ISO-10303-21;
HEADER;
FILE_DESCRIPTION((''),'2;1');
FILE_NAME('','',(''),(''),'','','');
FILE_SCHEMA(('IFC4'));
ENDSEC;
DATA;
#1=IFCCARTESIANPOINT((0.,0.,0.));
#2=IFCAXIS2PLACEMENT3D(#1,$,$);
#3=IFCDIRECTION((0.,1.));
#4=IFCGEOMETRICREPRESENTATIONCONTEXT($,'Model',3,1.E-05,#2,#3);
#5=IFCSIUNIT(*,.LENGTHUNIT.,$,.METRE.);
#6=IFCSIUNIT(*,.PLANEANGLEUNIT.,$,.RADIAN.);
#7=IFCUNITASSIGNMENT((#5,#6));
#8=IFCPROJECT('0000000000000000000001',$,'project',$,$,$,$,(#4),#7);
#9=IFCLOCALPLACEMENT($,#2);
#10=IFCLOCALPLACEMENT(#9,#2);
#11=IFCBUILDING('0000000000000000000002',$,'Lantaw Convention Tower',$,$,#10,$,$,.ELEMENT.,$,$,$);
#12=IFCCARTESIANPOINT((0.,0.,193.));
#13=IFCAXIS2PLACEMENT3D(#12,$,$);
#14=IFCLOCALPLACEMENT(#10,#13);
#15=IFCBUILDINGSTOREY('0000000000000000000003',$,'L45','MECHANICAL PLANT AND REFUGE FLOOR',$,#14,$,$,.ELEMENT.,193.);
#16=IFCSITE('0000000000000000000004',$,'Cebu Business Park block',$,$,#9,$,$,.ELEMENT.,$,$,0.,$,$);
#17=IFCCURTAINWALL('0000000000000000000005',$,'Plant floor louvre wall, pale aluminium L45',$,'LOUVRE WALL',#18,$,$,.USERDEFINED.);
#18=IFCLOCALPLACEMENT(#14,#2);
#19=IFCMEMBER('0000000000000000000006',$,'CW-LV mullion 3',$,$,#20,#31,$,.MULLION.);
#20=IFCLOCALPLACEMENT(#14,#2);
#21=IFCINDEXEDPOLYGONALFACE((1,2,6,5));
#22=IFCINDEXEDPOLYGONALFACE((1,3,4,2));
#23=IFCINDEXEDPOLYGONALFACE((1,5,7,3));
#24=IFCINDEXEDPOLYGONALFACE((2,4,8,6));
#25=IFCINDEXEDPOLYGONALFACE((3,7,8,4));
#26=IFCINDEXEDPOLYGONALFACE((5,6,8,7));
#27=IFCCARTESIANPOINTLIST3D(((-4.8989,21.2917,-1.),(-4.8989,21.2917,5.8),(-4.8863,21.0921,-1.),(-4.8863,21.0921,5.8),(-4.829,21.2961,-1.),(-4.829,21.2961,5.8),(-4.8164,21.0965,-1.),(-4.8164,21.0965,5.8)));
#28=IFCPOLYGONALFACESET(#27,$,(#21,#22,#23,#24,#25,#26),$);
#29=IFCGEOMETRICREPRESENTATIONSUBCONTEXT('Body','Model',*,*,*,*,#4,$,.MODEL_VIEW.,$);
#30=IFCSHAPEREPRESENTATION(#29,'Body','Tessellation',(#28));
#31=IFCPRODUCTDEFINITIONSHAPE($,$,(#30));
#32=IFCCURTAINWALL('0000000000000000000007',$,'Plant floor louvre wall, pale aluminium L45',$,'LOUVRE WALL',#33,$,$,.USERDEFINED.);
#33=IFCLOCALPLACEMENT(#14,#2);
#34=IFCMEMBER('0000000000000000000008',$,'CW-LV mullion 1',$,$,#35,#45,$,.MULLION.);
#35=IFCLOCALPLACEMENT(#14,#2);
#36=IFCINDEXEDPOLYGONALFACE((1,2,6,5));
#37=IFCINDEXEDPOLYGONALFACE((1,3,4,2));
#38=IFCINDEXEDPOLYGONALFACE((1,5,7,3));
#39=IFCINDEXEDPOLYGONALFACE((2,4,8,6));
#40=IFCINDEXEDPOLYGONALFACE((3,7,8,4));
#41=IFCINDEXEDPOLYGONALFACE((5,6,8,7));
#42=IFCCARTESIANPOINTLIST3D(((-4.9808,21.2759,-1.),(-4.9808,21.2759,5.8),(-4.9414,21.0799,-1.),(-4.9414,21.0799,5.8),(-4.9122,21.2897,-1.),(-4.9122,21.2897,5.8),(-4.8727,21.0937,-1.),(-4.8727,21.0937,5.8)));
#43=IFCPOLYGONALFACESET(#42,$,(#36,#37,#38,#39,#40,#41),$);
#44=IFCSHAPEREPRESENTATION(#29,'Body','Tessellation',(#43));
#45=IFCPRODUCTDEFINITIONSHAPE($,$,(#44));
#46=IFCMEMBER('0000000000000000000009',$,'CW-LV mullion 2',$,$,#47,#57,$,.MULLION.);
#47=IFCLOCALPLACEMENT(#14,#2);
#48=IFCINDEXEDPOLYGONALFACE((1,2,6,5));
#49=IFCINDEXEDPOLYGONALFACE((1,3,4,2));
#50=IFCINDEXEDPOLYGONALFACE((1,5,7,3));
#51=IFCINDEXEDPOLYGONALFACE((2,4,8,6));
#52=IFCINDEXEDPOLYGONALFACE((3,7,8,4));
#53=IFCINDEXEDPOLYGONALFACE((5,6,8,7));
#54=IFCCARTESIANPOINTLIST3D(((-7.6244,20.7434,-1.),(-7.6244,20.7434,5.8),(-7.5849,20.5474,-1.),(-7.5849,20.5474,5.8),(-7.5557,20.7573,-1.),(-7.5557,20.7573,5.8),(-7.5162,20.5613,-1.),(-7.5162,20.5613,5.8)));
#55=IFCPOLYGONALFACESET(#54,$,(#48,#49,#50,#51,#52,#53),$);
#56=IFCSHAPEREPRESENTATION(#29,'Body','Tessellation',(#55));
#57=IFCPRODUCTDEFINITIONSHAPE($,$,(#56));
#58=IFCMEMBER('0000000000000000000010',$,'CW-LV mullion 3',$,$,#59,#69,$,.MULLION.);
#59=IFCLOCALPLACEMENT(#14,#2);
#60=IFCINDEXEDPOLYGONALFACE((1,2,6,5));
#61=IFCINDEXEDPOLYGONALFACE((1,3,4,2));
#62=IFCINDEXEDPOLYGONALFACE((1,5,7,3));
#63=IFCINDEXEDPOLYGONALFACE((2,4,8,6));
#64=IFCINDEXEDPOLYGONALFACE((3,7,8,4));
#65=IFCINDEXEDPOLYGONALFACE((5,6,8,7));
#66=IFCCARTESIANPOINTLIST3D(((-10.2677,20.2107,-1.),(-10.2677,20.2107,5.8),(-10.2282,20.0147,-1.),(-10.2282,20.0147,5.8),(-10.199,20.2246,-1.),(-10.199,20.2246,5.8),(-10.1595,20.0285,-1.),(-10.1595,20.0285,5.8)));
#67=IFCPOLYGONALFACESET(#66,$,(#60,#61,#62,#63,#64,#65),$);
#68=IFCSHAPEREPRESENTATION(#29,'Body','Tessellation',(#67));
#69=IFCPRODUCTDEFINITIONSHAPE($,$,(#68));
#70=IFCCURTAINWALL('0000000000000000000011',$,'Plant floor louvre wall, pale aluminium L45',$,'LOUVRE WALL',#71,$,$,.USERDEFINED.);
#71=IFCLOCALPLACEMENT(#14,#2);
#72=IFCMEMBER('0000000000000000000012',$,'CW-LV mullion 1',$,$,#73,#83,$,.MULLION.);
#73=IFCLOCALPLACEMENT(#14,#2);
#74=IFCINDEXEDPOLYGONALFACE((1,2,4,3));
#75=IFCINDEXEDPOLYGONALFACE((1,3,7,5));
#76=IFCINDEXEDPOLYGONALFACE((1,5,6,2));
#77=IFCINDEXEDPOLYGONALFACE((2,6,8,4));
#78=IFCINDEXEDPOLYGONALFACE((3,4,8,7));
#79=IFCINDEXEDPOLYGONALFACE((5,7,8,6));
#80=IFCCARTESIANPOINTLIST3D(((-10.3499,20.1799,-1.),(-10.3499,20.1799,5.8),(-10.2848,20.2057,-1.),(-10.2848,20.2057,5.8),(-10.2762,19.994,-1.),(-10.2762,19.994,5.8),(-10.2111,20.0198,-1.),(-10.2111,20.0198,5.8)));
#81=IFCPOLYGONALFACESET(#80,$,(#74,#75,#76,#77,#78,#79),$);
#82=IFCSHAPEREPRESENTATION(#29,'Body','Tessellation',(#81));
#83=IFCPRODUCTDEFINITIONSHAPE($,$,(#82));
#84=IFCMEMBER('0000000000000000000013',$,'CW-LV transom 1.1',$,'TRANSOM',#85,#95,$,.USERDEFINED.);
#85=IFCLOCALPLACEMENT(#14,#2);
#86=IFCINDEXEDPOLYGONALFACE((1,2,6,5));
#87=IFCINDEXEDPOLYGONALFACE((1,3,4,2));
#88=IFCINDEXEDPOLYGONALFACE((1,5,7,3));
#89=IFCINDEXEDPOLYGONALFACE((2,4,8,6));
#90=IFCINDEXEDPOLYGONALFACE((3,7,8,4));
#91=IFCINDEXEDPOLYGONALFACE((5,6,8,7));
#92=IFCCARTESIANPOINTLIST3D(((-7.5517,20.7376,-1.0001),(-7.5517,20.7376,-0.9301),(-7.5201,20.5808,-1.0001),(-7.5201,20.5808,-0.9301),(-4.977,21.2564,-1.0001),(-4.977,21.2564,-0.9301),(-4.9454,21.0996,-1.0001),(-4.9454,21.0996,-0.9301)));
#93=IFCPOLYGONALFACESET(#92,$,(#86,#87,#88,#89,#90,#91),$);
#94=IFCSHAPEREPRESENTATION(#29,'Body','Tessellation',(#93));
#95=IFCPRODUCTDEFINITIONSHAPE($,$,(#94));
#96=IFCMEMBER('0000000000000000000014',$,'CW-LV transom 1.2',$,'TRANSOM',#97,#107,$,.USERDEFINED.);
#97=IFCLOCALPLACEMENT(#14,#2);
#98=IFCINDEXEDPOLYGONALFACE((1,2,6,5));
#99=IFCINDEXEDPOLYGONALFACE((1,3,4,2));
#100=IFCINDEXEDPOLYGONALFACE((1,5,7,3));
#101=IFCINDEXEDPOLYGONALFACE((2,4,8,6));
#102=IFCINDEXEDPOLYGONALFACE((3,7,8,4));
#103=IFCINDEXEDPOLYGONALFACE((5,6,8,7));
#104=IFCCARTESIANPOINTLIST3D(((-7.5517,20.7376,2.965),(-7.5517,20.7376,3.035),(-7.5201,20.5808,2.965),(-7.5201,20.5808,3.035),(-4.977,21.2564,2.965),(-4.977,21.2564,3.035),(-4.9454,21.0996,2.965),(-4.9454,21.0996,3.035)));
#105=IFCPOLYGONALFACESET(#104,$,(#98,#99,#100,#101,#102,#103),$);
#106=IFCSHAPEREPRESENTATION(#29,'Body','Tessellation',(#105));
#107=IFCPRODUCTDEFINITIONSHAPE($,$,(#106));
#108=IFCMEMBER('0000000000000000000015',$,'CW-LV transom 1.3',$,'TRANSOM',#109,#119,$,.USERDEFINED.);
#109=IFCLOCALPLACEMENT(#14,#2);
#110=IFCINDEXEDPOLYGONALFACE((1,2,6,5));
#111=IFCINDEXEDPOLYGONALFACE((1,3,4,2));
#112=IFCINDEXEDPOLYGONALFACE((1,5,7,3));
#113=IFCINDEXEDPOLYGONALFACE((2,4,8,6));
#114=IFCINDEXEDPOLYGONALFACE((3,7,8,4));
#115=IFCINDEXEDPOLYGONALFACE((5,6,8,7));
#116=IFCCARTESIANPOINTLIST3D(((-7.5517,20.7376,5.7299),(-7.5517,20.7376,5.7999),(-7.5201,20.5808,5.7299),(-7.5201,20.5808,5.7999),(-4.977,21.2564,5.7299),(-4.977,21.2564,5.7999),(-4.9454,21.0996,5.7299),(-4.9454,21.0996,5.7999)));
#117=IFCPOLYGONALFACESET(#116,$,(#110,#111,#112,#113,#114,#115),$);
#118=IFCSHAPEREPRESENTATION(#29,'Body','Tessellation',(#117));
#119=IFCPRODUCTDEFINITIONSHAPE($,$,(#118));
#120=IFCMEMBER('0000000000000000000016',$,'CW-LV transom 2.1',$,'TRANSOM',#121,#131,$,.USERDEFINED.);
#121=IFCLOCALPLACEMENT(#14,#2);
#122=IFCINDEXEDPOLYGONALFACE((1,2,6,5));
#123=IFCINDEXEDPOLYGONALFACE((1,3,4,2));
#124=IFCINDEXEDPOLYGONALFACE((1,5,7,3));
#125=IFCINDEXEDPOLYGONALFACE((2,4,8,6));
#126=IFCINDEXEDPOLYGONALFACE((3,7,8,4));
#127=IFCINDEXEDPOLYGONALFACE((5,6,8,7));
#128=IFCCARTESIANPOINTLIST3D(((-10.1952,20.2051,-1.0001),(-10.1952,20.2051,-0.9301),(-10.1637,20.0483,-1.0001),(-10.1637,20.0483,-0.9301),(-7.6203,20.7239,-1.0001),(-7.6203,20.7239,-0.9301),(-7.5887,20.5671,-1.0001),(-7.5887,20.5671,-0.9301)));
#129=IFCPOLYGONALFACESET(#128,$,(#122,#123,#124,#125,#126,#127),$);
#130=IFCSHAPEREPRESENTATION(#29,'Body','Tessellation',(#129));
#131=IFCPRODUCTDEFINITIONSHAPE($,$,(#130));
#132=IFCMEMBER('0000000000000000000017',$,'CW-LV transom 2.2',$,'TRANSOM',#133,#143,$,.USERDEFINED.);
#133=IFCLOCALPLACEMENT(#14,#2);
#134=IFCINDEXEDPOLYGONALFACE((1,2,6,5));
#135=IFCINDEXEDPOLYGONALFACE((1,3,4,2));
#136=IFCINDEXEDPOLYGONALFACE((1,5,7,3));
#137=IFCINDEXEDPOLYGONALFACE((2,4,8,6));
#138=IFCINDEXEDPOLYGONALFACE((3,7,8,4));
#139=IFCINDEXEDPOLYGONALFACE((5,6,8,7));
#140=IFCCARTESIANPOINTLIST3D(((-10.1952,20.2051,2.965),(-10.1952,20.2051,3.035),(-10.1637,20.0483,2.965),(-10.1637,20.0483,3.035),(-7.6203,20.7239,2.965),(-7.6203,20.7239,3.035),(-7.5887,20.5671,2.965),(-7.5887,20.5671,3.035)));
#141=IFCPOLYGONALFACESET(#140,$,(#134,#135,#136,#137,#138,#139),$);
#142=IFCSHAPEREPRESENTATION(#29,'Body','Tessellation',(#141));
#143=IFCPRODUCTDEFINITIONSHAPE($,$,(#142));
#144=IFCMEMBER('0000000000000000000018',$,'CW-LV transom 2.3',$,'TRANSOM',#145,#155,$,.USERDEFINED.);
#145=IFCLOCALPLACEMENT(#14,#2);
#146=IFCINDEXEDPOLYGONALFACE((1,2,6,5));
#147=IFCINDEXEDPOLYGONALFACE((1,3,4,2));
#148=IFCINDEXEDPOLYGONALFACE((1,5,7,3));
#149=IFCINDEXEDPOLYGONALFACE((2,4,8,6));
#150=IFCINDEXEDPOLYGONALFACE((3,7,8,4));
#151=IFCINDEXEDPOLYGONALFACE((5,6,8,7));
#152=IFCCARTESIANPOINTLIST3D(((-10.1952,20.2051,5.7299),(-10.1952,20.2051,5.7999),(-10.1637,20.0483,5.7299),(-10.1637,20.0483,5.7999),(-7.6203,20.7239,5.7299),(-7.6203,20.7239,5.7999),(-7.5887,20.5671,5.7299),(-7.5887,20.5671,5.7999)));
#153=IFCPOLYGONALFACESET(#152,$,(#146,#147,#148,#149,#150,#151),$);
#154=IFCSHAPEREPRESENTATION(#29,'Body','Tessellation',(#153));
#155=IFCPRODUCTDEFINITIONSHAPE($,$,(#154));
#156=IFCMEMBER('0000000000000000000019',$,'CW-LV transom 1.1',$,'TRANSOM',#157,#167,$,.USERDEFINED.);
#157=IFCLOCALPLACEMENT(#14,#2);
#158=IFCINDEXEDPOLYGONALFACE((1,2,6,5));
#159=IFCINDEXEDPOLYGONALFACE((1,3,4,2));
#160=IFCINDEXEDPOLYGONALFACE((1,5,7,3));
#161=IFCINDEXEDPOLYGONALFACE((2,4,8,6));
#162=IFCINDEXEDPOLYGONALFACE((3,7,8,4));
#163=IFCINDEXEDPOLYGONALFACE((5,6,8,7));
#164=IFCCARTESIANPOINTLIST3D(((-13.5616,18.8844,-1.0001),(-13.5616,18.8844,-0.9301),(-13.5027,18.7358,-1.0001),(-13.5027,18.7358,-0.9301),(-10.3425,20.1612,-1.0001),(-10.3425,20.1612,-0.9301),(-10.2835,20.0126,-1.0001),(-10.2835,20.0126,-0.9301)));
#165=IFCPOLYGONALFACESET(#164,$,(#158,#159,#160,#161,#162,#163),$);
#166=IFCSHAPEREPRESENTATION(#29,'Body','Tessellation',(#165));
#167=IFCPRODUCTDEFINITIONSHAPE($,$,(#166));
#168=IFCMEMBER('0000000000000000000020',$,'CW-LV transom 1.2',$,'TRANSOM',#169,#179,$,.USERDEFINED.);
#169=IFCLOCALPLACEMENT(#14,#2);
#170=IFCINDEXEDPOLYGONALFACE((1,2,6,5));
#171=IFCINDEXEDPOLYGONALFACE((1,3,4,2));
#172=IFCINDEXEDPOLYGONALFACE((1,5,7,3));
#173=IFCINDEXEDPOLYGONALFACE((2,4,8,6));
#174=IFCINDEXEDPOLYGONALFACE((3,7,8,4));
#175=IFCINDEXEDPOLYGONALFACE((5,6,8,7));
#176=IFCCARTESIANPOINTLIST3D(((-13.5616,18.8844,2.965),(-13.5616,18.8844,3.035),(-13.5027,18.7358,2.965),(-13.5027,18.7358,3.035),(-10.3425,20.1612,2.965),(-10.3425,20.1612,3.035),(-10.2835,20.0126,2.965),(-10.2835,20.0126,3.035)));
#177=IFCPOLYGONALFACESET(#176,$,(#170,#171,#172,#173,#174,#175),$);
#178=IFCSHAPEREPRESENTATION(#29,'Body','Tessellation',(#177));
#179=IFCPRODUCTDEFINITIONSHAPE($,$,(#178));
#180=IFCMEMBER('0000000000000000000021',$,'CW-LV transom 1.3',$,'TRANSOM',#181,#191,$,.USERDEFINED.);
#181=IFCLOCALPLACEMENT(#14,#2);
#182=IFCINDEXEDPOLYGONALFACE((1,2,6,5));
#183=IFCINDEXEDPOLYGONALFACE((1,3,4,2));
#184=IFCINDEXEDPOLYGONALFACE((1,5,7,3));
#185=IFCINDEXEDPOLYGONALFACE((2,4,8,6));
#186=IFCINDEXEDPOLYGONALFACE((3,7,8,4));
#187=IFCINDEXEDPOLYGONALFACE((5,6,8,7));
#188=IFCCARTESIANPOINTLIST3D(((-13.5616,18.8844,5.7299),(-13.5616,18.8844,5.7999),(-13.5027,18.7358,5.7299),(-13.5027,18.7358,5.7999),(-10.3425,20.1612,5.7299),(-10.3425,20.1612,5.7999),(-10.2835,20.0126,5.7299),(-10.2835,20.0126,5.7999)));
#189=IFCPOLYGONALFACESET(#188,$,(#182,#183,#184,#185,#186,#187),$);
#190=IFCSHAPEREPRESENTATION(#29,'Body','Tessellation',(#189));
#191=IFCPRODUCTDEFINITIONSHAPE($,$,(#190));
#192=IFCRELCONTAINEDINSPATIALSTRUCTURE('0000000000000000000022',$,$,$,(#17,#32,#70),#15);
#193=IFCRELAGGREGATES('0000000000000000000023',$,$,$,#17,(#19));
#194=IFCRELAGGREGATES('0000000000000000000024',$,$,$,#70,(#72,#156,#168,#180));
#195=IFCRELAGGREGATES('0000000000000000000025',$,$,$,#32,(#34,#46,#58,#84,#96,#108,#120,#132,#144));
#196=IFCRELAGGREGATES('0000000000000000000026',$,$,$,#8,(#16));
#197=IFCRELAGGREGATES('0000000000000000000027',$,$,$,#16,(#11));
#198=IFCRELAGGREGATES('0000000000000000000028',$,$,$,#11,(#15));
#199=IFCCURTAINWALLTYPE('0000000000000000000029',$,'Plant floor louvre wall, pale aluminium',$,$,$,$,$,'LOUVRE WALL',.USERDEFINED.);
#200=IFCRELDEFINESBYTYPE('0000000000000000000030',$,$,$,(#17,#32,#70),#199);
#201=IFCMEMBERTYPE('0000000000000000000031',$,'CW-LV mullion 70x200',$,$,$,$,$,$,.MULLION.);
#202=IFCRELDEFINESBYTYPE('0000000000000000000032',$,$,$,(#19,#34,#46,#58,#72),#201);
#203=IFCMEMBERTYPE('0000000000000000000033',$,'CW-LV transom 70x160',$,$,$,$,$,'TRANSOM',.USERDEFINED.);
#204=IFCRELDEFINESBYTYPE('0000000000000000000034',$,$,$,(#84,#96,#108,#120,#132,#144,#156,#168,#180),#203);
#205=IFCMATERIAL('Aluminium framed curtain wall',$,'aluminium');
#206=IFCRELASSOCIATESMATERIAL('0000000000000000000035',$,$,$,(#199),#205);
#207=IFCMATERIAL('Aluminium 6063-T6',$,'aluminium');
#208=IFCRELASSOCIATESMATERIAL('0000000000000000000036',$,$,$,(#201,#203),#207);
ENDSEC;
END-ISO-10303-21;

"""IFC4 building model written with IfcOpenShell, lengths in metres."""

from ifc_helpers import new_model, si_unit, direction, frame, origin, origin_2d, place, context, subcontext, project, spatial, rectangle, extrude, material, material_profile, profile_set, type_object, element, aggregate, save


model = new_model("IFC4")

# Units and contexts
model_context = context("Model", 3, precision=1e-05, world=origin(), true_north=direction((0.0, 1.0)))
body_context = subcontext(model_context, "Body", "Model", "MODEL_VIEW")
ifc_project = project(units=[si_unit("LENGTHUNIT", "METRE"), si_unit("PLANEANGLEUNIT", "RADIAN")], contexts=[model_context])

# Site, building, storey
site_placement = place(None, origin())
site = spatial("IfcSite", under=ifc_project, at=site_placement, Name="Cebu Business Park block", CompositionType="ELEMENT", RefElevation=0.0)
building_placement = place(site_placement, origin())
building = spatial("IfcBuilding", under=site, at=building_placement, Name="Lantaw Convention Tower", CompositionType="ELEMENT")
storey_placement = place(building_placement, frame((0.0, 0.0, 193.0)))
storey = spatial("IfcBuildingStorey", under=building, at=storey_placement, Name="L45", Description="MECHANICAL PLANT AND REFUGE FLOOR", CompositionType="ELEMENT", Elevation=193.0)

# Curtain wall, member
ifc_material_1 = material(Name="Aluminium framed curtain wall", Category="aluminium")
curtain_wall_type = type_object("IfcCurtainWallType", Name="Plant floor louvre wall, pale aluminium", ElementType="LOUVRE WALL", PredefinedType="USERDEFINED", material=ifc_material_1)
curtain_wall_1_placement = place(storey_placement, origin())
curtain_wall_1 = element("IfcCurtainWall", 1, at=curtain_wall_1_placement, inside=storey, type_object=curtain_wall_type, Name="Plant floor louvre wall, pale aluminium L45", ObjectType="LOUVRE WALL", PredefinedType="USERDEFINED")
ifc_material_2 = material(Name="Aluminium 6063-T6", Category="aluminium")
ifc_material_profile_1 = material_profile(ifc_material_2, rectangle(XDim=0.2, YDim=0.0701, at=origin_2d()), Name="CW-LV mullion 70x200")
ifc_profile_set_1 = profile_set([ifc_material_profile_1], Name="Aluminium 6063-T6")
member_type_1 = type_object("IfcMemberType", Name="CW-LV mullion 70x200", PredefinedType="MULLION", material=ifc_profile_set_1)
member_1_placement = place(storey_placement, frame((-4.8577, 21.1941, -1.0), z_axis=(0.0, 0.0, 1.0), x_axis=(0.062865, -0.998022, 0.0)))
member_1 = element("IfcMember", 2, at=member_1_placement, type_object=member_type_1, Name="CW-LV mullion 3", PredefinedType="MULLION", context=body_context, shape_type="SweptSolid", body=[
    extrude(rectangle(XDim=0.2, YDim=0.0701, at=origin_2d()), origin(), (0.0, 0.0, 1.0), 6.8),
])
aggregate(curtain_wall_1, [member_1])

# Curtain wall, members
curtain_wall_2_placement = place(storey_placement, origin())
curtain_wall_2 = element("IfcCurtainWall", 3, at=curtain_wall_2_placement, inside=storey, type_object=curtain_wall_type, Name="Plant floor louvre wall, pale aluminium L45", ObjectType="LOUVRE WALL", PredefinedType="USERDEFINED")
member_2_placement = place(storey_placement, frame((-4.9268, 21.1848, -1.0), z_axis=(0.0, 0.0, 1.0), x_axis=(0.197507, -0.980302, 0.0)))
member_2 = element("IfcMember", 4, at=member_2_placement, type_object=member_type_1, Name="CW-LV mullion 1", PredefinedType="MULLION", context=body_context, shape_type="SweptSolid", body=[
    extrude(rectangle(XDim=0.2, YDim=0.0701, at=origin_2d()), origin(), (0.0, 0.0, 1.0), 6.8),
])
member_3_placement = place(storey_placement, frame((-7.5703, 20.6523, -1.0), z_axis=(0.0, 0.0, 1.0), x_axis=(0.197507, -0.980302, 0.0)))
member_3 = element("IfcMember", 5, at=member_3_placement, type_object=member_type_1, Name="CW-LV mullion 2", PredefinedType="MULLION", context=body_context, shape_type="SweptSolid", body=[
    extrude(rectangle(XDim=0.2, YDim=0.0701, at=origin_2d()), origin(), (0.0, 0.0, 1.0), 6.8),
])
member_4_placement = place(storey_placement, frame((-10.2136, 20.1196, -1.0), z_axis=(0.0, 0.0, 1.0), x_axis=(0.197507, -0.980302, 0.0)))
member_4 = element("IfcMember", 6, at=member_4_placement, type_object=member_type_1, Name="CW-LV mullion 3", PredefinedType="MULLION", context=body_context, shape_type="SweptSolid", body=[
    extrude(rectangle(XDim=0.2, YDim=0.0701, at=origin_2d()), origin(), (0.0, 0.0, 1.0), 6.8),
])

# Curtain wall, member
curtain_wall_3_placement = place(storey_placement, origin())
curtain_wall_3 = element("IfcCurtainWall", 7, at=curtain_wall_3_placement, inside=storey, type_object=curtain_wall_type, Name="Plant floor louvre wall, pale aluminium L45", ObjectType="LOUVRE WALL", PredefinedType="USERDEFINED")
member_5_placement = place(storey_placement, frame((-10.2805, 20.0999, -1.0), z_axis=(0.0, 0.0, 1.0), x_axis=(0.368702, -0.929548, 0.0)))
member_5 = element("IfcMember", 8, at=member_5_placement, type_object=member_type_1, Name="CW-LV mullion 1", PredefinedType="MULLION", context=body_context, shape_type="SweptSolid", body=[
    extrude(rectangle(XDim=0.2, YDim=0.0701, at=origin_2d()), origin(), (0.0, 0.0, 1.0), 6.8),
])

# Members
ifc_material_profile_2 = material_profile(ifc_material_2, rectangle(XDim=0.1599, YDim=0.0701, at=origin_2d()), Name="CW-LV transom 70x160")
ifc_profile_set_2 = profile_set([ifc_material_profile_2], Name="Aluminium 6063-T6")
member_type_2 = type_object("IfcMemberType", Name="CW-LV transom 70x160", ElementType="TRANSOM", PredefinedType="USERDEFINED", material=ifc_profile_set_2)
member_6_placement = place(storey_placement, frame((-4.9612, 21.178, -0.9651), z_axis=(-0.980297, -0.197528, 0.0), x_axis=(0.197528, -0.980297, 0.0)))
member_6 = element("IfcMember", 9, at=member_6_placement, type_object=member_type_2, Name="CW-LV transom 1.1", ObjectType="TRANSOM", PredefinedType="USERDEFINED", context=body_context, shape_type="SweptSolid", body=[
    extrude(rectangle(XDim=0.1599, YDim=0.0701, at=origin_2d()), origin(), (0.0, 0.0, 1.0), 2.6265),
])
member_7_placement = place(storey_placement, frame((-4.9612, 21.178, 3.0), z_axis=(-0.980297, -0.197528, 0.0), x_axis=(0.197528, -0.980297, 0.0)))
member_7 = element("IfcMember", 10, at=member_7_placement, type_object=member_type_2, Name="CW-LV transom 1.2", ObjectType="TRANSOM", PredefinedType="USERDEFINED", context=body_context, shape_type="SweptSolid", body=[
    extrude(rectangle(XDim=0.1599, YDim=0.0701, at=origin_2d()), origin(), (0.0, 0.0, 1.0), 2.6265),
])
member_8_placement = place(storey_placement, frame((-4.9612, 21.178, 5.7649), z_axis=(-0.980297, -0.197528, 0.0), x_axis=(0.197528, -0.980297, 0.0)))
member_8 = element("IfcMember", 11, at=member_8_placement, type_object=member_type_2, Name="CW-LV transom 1.3", ObjectType="TRANSOM", PredefinedType="USERDEFINED", context=body_context, shape_type="SweptSolid", body=[
    extrude(rectangle(XDim=0.1599, YDim=0.0701, at=origin_2d()), origin(), (0.0, 0.0, 1.0), 2.6265),
])
member_9_placement = place(storey_placement, frame((-7.6045, 20.6455, -0.9651), z_axis=(-0.980301, -0.19751, 0.0), x_axis=(0.19751, -0.980301, 0.0)))
member_9 = element("IfcMember", 12, at=member_9_placement, type_object=member_type_2, Name="CW-LV transom 2.1", ObjectType="TRANSOM", PredefinedType="USERDEFINED", context=body_context, shape_type="SweptSolid", body=[
    extrude(rectangle(XDim=0.1599, YDim=0.0701, at=origin_2d()), origin(), (0.0, 0.0, 1.0), 2.6267),
])
member_10_placement = place(storey_placement, frame((-7.6045, 20.6455, 3.0), z_axis=(-0.980301, -0.19751, 0.0), x_axis=(0.19751, -0.980301, 0.0)))
member_10 = element("IfcMember", 13, at=member_10_placement, type_object=member_type_2, Name="CW-LV transom 2.2", ObjectType="TRANSOM", PredefinedType="USERDEFINED", context=body_context, shape_type="SweptSolid", body=[
    extrude(rectangle(XDim=0.1599, YDim=0.0701, at=origin_2d()), origin(), (0.0, 0.0, 1.0), 2.6267),
])
member_11_placement = place(storey_placement, frame((-7.6045, 20.6455, 5.7649), z_axis=(-0.980301, -0.19751, 0.0), x_axis=(0.19751, -0.980301, 0.0)))
member_11 = element("IfcMember", 14, at=member_11_placement, type_object=member_type_2, Name="CW-LV transom 2.3", ObjectType="TRANSOM", PredefinedType="USERDEFINED", context=body_context, shape_type="SweptSolid", body=[
    extrude(rectangle(XDim=0.1599, YDim=0.0701, at=origin_2d()), origin(), (0.0, 0.0, 1.0), 2.6267),
])
member_12_placement = place(storey_placement, frame((-10.313, 20.0869, -0.9651), z_axis=(-0.929552, -0.368691, 0.0), x_axis=(0.368691, -0.929552, 0.0)))
member_12 = element("IfcMember", 15, at=member_12_placement, type_object=member_type_2, Name="CW-LV transom 1.1", ObjectType="TRANSOM", PredefinedType="USERDEFINED", context=body_context, shape_type="SweptSolid", body=[
    extrude(rectangle(XDim=0.1599, YDim=0.0701, at=origin_2d()), origin(), (0.0, 0.0, 1.0), 3.4631),
])
member_13_placement = place(storey_placement, frame((-10.313, 20.0869, 3.0), z_axis=(-0.929552, -0.368691, 0.0), x_axis=(0.368691, -0.929552, 0.0)))
member_13 = element("IfcMember", 16, at=member_13_placement, type_object=member_type_2, Name="CW-LV transom 1.2", ObjectType="TRANSOM", PredefinedType="USERDEFINED", context=body_context, shape_type="SweptSolid", body=[
    extrude(rectangle(XDim=0.1599, YDim=0.0701, at=origin_2d()), origin(), (0.0, 0.0, 1.0), 3.4631),
])
member_14_placement = place(storey_placement, frame((-10.313, 20.0869, 5.7649), z_axis=(-0.929552, -0.368691, 0.0), x_axis=(0.368691, -0.929552, 0.0)))
member_14 = element("IfcMember", 17, at=member_14_placement, type_object=member_type_2, Name="CW-LV transom 1.3", ObjectType="TRANSOM", PredefinedType="USERDEFINED", context=body_context, shape_type="SweptSolid", body=[
    extrude(rectangle(XDim=0.1599, YDim=0.0701, at=origin_2d()), origin(), (0.0, 0.0, 1.0), 3.4631),
])
aggregate(curtain_wall_3, [member_5, member_12, member_13, member_14])

aggregate(curtain_wall_2, [member_2, member_3, member_4, member_6, member_7, member_8, member_9, member_10, member_11])

save(model, "model.ifc")
